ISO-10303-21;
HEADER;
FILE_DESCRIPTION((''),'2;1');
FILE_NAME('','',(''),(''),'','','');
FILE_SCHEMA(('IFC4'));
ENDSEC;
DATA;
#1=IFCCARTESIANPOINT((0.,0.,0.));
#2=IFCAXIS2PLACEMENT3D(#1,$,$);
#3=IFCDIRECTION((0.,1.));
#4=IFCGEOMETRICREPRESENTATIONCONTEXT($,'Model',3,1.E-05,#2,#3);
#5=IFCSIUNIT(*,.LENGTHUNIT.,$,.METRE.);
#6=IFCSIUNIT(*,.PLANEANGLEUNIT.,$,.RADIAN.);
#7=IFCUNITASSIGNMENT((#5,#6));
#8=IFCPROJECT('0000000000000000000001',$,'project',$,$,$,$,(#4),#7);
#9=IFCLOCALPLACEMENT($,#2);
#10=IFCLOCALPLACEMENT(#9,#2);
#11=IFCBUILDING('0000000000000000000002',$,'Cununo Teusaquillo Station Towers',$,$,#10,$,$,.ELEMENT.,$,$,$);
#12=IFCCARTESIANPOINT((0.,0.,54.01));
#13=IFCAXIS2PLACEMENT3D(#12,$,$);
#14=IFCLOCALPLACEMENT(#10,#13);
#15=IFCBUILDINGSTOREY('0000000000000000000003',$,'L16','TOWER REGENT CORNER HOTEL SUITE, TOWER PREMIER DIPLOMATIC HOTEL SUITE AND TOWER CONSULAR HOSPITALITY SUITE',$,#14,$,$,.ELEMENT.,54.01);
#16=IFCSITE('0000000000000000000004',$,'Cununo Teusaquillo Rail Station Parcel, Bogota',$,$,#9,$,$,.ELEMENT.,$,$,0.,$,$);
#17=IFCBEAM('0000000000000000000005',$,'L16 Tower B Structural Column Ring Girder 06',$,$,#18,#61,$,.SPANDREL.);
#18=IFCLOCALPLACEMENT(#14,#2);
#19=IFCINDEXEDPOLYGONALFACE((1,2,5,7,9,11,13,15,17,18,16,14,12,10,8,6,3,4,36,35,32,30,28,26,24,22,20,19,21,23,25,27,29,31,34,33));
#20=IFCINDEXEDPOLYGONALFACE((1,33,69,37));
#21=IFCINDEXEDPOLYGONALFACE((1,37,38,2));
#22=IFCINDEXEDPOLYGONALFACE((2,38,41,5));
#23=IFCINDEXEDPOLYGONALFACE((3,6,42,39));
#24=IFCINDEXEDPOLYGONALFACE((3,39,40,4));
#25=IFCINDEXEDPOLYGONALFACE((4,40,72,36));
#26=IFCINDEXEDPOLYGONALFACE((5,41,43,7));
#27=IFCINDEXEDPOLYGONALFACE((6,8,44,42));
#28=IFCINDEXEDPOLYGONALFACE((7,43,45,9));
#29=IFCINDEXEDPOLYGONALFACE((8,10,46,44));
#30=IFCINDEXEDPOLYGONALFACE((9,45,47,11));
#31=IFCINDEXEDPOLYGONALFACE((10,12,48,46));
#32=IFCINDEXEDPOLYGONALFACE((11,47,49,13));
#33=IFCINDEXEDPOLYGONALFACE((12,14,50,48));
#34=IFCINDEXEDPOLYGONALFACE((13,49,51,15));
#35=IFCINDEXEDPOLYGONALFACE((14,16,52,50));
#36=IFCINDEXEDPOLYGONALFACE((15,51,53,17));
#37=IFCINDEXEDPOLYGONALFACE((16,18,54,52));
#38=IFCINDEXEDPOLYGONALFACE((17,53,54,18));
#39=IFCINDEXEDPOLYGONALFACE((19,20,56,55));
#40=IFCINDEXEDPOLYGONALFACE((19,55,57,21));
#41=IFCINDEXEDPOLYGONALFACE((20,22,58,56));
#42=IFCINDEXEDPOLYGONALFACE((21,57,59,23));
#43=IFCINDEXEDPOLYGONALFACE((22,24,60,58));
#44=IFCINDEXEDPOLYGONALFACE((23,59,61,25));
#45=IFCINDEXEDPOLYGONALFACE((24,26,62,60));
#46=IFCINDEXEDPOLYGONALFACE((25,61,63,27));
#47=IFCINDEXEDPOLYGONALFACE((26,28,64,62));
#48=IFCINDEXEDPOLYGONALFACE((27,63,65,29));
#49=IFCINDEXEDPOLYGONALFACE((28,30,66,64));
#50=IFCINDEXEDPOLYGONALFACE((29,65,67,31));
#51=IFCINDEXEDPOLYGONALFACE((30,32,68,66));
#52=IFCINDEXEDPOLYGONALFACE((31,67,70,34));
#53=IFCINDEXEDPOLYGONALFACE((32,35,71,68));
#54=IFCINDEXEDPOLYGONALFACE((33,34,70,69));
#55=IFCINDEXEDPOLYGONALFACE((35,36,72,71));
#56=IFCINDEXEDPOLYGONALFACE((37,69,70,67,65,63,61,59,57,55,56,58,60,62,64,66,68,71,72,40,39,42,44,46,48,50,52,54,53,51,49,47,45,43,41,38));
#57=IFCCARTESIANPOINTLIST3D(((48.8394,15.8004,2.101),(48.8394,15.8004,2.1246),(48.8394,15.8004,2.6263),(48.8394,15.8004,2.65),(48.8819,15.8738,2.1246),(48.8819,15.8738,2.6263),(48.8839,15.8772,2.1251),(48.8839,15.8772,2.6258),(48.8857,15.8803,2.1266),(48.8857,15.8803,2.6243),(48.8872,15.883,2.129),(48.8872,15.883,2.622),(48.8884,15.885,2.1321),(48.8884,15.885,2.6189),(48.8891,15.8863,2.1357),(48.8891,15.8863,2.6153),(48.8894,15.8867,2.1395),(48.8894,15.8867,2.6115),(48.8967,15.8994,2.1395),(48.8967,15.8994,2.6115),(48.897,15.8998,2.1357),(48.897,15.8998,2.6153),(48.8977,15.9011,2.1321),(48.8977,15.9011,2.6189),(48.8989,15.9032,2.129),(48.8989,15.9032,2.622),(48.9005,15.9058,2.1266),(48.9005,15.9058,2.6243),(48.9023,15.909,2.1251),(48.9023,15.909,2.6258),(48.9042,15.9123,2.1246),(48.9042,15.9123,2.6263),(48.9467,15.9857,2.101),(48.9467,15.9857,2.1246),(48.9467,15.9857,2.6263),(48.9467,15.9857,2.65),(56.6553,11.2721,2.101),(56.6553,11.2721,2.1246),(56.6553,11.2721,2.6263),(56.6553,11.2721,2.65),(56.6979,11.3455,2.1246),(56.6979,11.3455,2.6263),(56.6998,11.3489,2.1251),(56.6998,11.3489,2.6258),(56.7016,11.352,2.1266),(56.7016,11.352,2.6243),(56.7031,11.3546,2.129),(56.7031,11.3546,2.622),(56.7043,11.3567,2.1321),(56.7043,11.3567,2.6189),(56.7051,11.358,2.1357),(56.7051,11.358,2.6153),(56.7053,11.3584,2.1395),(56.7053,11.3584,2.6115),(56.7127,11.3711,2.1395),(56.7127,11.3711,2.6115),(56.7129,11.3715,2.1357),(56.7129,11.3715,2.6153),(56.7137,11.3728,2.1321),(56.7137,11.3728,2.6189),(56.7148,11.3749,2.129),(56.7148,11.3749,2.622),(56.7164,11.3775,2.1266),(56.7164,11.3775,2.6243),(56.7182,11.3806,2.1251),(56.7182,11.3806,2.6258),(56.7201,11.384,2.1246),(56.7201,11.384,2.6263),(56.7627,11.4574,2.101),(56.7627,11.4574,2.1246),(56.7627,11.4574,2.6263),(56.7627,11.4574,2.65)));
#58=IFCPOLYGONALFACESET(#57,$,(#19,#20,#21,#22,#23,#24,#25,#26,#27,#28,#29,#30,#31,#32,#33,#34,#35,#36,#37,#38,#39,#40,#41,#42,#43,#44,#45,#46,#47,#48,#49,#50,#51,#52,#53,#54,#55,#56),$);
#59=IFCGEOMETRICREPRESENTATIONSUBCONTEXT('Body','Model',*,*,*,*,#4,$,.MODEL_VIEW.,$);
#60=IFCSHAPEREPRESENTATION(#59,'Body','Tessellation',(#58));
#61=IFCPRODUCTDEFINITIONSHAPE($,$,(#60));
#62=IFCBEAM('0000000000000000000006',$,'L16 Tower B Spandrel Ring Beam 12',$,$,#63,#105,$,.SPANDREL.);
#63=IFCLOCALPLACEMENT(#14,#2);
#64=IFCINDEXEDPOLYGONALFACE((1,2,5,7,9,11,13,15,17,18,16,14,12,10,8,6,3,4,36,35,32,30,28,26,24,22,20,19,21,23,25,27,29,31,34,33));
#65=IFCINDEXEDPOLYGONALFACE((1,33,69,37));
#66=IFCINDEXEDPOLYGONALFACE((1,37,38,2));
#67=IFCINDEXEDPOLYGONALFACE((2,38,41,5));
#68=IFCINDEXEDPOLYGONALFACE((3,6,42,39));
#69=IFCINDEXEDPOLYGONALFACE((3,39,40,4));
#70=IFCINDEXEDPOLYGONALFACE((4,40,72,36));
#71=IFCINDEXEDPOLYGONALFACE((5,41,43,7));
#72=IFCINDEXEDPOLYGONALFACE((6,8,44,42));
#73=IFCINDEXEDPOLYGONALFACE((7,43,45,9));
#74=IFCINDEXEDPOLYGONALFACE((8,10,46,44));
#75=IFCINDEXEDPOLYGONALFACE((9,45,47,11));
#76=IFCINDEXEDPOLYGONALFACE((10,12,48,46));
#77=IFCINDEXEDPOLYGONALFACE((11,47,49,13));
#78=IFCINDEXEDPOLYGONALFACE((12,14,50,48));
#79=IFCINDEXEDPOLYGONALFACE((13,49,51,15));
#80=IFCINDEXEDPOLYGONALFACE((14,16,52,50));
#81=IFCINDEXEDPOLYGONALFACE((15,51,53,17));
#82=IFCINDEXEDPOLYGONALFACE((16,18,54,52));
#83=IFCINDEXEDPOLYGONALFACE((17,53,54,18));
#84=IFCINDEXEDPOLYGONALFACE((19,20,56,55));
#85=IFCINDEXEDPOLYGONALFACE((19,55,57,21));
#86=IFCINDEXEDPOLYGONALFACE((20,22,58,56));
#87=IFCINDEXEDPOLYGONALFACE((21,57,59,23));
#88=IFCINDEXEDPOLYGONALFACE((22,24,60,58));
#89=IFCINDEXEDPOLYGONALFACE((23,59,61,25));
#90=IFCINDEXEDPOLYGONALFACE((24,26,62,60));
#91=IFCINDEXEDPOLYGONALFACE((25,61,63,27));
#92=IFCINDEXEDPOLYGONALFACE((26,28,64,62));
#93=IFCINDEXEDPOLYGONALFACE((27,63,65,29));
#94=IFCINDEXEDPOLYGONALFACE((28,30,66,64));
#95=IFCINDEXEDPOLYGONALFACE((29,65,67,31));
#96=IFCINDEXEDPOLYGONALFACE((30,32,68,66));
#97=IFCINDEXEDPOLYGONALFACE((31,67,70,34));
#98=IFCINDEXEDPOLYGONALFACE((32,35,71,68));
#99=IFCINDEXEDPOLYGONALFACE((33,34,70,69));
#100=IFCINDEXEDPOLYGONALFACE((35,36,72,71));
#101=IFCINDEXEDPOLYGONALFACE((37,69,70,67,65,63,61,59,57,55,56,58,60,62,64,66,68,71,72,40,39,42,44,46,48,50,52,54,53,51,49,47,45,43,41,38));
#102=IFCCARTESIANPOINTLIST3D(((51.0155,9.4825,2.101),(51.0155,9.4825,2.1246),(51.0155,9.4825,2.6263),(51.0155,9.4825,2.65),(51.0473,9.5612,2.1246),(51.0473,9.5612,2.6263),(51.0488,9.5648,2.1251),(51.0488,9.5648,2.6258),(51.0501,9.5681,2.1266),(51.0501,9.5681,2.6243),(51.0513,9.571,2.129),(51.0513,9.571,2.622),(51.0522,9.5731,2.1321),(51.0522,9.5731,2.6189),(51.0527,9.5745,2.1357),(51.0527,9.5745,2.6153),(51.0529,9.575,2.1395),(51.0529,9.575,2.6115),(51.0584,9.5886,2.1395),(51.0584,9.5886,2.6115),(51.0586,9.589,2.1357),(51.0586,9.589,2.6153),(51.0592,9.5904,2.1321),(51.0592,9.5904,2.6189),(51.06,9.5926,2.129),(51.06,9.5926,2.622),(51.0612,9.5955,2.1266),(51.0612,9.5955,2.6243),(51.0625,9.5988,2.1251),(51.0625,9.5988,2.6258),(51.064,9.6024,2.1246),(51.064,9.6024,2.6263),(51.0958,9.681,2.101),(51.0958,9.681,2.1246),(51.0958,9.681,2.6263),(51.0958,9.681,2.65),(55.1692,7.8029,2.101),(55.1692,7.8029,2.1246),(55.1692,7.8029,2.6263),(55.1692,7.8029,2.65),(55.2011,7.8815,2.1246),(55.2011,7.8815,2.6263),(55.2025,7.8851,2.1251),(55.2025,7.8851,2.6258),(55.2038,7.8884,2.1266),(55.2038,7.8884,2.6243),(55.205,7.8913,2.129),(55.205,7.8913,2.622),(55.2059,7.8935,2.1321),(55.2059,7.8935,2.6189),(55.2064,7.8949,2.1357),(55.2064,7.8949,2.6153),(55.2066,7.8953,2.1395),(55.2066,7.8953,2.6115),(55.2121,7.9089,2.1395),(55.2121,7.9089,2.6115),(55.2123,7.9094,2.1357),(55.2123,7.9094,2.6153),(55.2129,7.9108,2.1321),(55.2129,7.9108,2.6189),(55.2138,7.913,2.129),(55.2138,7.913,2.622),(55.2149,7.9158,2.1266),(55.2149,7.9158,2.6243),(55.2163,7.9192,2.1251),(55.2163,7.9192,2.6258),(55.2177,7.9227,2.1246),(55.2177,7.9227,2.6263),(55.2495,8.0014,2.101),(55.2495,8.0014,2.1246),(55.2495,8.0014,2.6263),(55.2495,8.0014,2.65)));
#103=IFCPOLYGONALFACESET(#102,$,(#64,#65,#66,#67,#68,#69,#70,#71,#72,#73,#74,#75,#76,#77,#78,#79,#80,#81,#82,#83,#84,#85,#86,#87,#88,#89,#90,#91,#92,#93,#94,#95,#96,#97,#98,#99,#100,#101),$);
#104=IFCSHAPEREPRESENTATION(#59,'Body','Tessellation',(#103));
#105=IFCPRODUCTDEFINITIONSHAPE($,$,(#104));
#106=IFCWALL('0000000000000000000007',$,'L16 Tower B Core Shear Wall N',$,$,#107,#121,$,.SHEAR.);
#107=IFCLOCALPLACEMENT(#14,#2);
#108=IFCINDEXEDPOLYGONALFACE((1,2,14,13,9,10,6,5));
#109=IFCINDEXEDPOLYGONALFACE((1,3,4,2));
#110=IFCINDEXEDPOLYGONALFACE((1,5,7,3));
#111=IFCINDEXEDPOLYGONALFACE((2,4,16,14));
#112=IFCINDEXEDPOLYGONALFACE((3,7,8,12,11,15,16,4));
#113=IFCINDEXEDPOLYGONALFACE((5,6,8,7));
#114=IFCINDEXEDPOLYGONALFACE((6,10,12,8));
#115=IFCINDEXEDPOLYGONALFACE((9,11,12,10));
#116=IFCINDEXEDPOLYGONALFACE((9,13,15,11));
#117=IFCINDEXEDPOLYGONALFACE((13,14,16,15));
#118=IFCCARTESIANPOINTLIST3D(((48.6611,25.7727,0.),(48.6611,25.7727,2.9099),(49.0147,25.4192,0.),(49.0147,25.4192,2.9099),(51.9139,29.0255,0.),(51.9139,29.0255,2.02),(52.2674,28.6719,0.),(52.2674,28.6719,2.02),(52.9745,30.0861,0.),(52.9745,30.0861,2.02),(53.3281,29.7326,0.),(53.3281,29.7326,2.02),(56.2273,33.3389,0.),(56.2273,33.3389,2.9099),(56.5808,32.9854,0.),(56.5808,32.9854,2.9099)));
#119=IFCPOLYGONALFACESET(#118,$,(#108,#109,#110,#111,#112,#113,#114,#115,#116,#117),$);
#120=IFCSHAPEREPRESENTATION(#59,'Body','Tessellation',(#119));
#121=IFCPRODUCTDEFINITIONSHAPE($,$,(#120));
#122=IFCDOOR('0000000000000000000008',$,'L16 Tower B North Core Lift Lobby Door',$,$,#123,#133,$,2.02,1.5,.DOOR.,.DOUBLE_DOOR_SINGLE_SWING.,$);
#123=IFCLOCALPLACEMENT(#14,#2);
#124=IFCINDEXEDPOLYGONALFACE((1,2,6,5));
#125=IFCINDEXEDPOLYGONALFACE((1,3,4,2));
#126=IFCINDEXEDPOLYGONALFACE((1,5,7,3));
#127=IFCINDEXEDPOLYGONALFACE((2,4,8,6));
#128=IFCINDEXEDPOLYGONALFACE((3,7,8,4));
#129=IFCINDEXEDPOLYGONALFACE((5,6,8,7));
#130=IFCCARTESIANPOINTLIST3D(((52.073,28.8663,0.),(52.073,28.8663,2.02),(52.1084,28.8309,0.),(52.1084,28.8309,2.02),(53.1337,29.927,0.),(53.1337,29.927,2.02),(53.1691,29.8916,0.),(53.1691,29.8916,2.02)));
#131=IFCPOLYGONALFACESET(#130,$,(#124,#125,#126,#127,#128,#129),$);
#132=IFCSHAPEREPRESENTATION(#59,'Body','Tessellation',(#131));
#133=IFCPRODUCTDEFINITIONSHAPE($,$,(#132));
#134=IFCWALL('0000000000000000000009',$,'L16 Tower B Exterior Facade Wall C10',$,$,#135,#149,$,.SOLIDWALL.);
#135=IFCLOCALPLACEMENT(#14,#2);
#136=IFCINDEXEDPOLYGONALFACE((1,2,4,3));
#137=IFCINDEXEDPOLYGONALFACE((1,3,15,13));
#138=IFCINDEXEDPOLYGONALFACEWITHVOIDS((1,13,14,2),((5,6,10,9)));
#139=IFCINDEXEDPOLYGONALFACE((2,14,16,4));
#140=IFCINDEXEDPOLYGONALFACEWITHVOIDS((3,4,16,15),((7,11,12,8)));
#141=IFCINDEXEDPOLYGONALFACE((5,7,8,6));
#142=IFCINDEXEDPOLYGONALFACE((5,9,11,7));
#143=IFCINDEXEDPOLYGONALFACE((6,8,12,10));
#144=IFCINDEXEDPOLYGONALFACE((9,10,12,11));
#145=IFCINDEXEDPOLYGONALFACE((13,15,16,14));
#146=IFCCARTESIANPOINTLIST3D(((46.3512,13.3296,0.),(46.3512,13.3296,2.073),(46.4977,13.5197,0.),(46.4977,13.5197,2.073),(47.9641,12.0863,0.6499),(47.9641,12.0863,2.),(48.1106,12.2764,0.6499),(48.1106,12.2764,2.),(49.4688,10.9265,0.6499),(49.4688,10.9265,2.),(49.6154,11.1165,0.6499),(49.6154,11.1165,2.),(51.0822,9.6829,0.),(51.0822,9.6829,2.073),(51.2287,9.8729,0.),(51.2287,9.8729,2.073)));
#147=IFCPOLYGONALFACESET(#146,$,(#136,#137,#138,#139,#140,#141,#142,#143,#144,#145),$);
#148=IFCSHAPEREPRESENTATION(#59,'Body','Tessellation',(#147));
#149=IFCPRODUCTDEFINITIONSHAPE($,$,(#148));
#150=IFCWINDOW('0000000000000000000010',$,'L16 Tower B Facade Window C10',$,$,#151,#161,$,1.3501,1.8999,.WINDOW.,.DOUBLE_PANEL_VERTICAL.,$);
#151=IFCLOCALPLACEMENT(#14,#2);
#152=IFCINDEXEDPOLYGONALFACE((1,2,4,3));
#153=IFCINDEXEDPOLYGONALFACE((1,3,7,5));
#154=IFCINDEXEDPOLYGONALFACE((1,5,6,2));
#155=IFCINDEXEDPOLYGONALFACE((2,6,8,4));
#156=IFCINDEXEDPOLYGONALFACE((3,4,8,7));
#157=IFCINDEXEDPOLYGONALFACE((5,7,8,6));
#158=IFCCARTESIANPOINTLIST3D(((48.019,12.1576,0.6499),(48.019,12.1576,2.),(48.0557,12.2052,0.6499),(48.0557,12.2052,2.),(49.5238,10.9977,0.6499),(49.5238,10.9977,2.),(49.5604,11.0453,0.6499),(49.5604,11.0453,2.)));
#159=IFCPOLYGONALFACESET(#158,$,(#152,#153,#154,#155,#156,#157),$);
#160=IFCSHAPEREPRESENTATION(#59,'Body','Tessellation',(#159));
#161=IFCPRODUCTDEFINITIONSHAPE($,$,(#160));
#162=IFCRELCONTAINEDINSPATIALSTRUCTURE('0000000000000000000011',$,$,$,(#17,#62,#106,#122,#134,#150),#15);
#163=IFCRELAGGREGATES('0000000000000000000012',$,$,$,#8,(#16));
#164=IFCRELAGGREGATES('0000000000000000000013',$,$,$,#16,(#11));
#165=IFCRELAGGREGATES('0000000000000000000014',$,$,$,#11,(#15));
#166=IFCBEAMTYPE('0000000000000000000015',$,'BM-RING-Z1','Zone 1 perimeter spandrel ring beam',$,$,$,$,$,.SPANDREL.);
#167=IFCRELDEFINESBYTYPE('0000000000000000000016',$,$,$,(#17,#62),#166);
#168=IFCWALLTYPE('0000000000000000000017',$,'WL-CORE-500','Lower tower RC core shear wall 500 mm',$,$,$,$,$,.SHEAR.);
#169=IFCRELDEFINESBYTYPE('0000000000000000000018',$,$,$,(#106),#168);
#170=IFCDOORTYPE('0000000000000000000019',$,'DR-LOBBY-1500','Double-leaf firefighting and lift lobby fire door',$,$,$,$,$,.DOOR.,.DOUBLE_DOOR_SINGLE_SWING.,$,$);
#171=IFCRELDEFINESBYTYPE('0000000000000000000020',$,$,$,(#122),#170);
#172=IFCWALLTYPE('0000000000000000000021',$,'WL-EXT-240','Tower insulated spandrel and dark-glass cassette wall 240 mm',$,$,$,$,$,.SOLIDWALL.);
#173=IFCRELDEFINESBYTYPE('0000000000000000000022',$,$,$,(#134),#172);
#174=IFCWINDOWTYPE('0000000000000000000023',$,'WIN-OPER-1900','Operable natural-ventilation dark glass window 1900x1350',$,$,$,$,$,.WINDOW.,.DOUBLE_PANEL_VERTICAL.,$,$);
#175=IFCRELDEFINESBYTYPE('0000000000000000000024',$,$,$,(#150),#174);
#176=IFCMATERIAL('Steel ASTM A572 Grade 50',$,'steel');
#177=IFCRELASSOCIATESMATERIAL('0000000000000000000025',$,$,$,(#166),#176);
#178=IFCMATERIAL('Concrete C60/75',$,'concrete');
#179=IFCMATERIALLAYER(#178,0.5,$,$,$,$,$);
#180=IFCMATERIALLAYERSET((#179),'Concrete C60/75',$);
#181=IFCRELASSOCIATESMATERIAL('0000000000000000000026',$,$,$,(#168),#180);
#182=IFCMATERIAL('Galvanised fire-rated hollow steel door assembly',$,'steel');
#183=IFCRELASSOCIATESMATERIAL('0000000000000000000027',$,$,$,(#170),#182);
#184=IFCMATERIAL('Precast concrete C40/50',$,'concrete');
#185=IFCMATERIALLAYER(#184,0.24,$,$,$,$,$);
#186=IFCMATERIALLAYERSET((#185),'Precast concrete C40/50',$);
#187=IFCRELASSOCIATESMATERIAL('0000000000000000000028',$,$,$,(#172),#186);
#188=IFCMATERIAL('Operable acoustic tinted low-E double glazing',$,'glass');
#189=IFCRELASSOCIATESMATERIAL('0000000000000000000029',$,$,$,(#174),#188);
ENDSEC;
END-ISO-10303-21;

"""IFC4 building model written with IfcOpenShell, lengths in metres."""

from ifc_helpers import new_model, si_unit, direction, frame, frame_2d, origin, origin_2d, place, context, subcontext, project, spatial, rectangle, i_section, extrude, source, transform, mapped, material, layer, layer_set, material_profile, profile_set, type_object, element, fill, save


model = new_model("IFC4")

# Units and contexts
model_context = context("Model", 3, precision=1e-05, world=origin(), true_north=direction((0.0, 1.0)))
body_context = subcontext(model_context, "Body", "Model", "MODEL_VIEW")
ifc_project = project(units=[si_unit("LENGTHUNIT", "METRE"), si_unit("PLANEANGLEUNIT", "RADIAN")], contexts=[model_context])

# Site, building, storey
site_placement = place(None, origin())
site = spatial("IfcSite", under=ifc_project, at=site_placement, Name="Cununo Teusaquillo Rail Station Parcel, Bogota", CompositionType="ELEMENT", RefElevation=0.0)
building_placement = place(site_placement, origin())
building = spatial("IfcBuilding", under=site, at=building_placement, Name="Cununo Teusaquillo Station Towers", CompositionType="ELEMENT")
storey_placement = place(building_placement, frame((0.0, 0.0, 54.01)))
storey = spatial("IfcBuildingStorey", under=building, at=storey_placement, Name="L16", Description="TOWER REGENT CORNER HOTEL SUITE, TOWER PREMIER DIPLOMATIC HOTEL SUITE AND TOWER CONSULAR HOSPITALITY SUITE", CompositionType="ELEMENT", Elevation=54.01)

# Beams
ifc_material_1 = material(Name="Steel ASTM A572 Grade 50", Category="steel")
ifc_material_profile_1 = material_profile(ifc_material_1, i_section(OverallWidth=0.2141, OverallDepth=0.5491, WebThickness=0.0146, FlangeThickness=0.0237, FilletRadius=0.0149, at=origin_2d()), Name="W21X93")
ifc_profile_set_1 = profile_set([ifc_material_profile_1], Name="Steel ASTM A572 Grade 50")
beam_type_1 = type_object("IfcBeamType", Name="BM-RING-Z1", Description="Zone 1 perimeter spandrel ring beam", PredefinedType="SPANDREL", material=ifc_profile_set_1)
beam_1_placement = place(storey_placement, frame((48.8931, 15.8931, 2.3755), z_axis=(0.865267, -0.501311, 0.0), x_axis=(0.501311, 0.865267, 0.0)))
element("IfcBeam", 1, at=beam_1_placement, inside=storey, type_object=beam_type_1, Name="L16 Tower B Structural Column Ring Girder 06", PredefinedType="SPANDREL", context=body_context, shape_type="SweptSolid", body=[
    extrude(i_section(OverallWidth=0.2141, OverallDepth=0.5491, WebThickness=0.0146, FlangeThickness=0.0237, FilletRadius=0.0149, at=origin_2d()), origin(), (0.0, 0.0, 1.0), 9.033),
])
beam_2_placement = place(storey_placement, frame((51.0557, 9.5818, 2.3755), z_axis=(0.927072, -0.374883, 0.0), x_axis=(0.374883, 0.927072, 0.0)))
element("IfcBeam", 2, at=beam_2_placement, inside=storey, type_object=beam_type_1, Name="L16 Tower B Spandrel Ring Beam 12", PredefinedType="SPANDREL", context=body_context, shape_type="SweptSolid", body=[
    extrude(i_section(OverallWidth=0.2141, OverallDepth=0.5491, WebThickness=0.0146, FlangeThickness=0.0237, FilletRadius=0.0149, at=origin_2d()), origin(), (0.0, 0.0, 1.0), 4.4805),
])

# Wall, opening, door
ifc_material_2 = material(Name="Concrete C60/75", Category="concrete")
ifc_layer_1 = layer(ifc_material_2, 0.5)
ifc_layer_set_1 = layer_set([ifc_layer_1], Name="Concrete C60/75")
wall_type_1 = type_object("IfcWallType", Name="WL-CORE-500", Description="Lower tower RC core shear wall 500 mm", PredefinedType="SHEAR", material=ifc_layer_set_1)
wall_1_placement = place(storey_placement, frame((48.8379, 25.5959, 0.0), z_axis=(0.0, 0.0, 1.0), x_axis=(0.707107, 0.707107, 0.0)))
wall_1 = element("IfcWall", 3, at=wall_1_placement, inside=storey, type_object=wall_type_1, Name="L16 Tower B Core Shear Wall N", PredefinedType="SHEAR", context=body_context, shape_type="SweptSolid", body=[
    extrude(rectangle(XDim=10.7002, YDim=0.5, at=frame_2d((5.3501, 0.0))), origin(), (0.0, 0.0, 1.0), 2.9099),
])
shared_shape_1 = source(origin(), body_context, "Body", "SweptSolid", [
    extrude(rectangle(XDim=1.5, YDim=2.02, at=frame_2d((0.75, 1.01))), frame((0.0, 0.26, 0.0), z_axis=(0.0, -1.0, 0.0), x_axis=(1.0, 0.0, 0.0)), (0.0, 0.0, 1.0), 0.52),
])
opening_1_placement = place(wall_1_placement, frame((4.6001, 0.0, 0.0)))
opening_1 = element("IfcOpeningElement", 4, at=opening_1_placement, cuts=wall_1, PredefinedType="OPENING", context=body_context, shape_type="MappedRepresentation", body=[
    mapped(shared_shape_1, transform((0.0, 0.0, 0.0), x_axis=(1.0, 0.0, 0.0), y_axis=(0.0, 1.0, 0.0), z_axis=(0.0, 0.0, 1.0), scale=1.0)),
])
ifc_material_3 = material(Name="Galvanised fire-rated hollow steel door assembly", Category="steel")
door_type_1 = type_object("IfcDoorType", Name="DR-LOBBY-1500", Description="Double-leaf firefighting and lift lobby fire door", OperationType="DOUBLE_DOOR_SINGLE_SWING", PredefinedType="DOOR", material=ifc_material_3)
shared_shape_2 = source(origin(), body_context, "Body", "SweptSolid", [
    extrude(rectangle(XDim=1.5, YDim=2.02, at=frame_2d((0.75, 1.01))), frame((0.0, 0.0249, 0.0), z_axis=(0.0, -1.0, 0.0), x_axis=(1.0, 0.0, 0.0)), (0.0, 0.0, 1.0), 0.05),
])
door_1_placement = place(opening_1_placement, origin())
door_1 = element("IfcDoor", 5, at=door_1_placement, inside=storey, type_object=door_type_1, Name="L16 Tower B North Core Lift Lobby Door", OperationType="DOUBLE_DOOR_SINGLE_SWING", OverallHeight=2.02, OverallWidth=1.5, PredefinedType="DOOR", context=body_context, shape_type="MappedRepresentation", body=[
    mapped(shared_shape_2, transform((0.0, 0.0, 0.0), x_axis=(1.0, 0.0, 0.0), y_axis=(0.0, 1.0, 0.0), z_axis=(0.0, 0.0, 1.0), scale=1.0)),
])
fill(opening_1, door_1)

# Wall, opening, window
ifc_material_4 = material(Name="Precast concrete C40/50", Category="concrete")
ifc_layer_2 = layer(ifc_material_4, 0.24)
ifc_layer_set_2 = layer_set([ifc_layer_2], Name="Precast concrete C40/50")
wall_type_2 = type_object("IfcWallType", Name="WL-EXT-240", Description="Tower insulated spandrel and dark-glass cassette wall 240 mm", PredefinedType="SOLIDWALL", material=ifc_layer_set_2)
wall_2_placement = place(storey_placement, frame((51.1555, 9.7778, 0.0), z_axis=(0.0, 0.0, 1.0), x_axis=(-0.792014, 0.610503, 0.0)))
wall_2 = element("IfcWall", 6, at=wall_2_placement, inside=storey, type_object=wall_type_2, Name="L16 Tower B Exterior Facade Wall C10", PredefinedType="SOLIDWALL", context=body_context, shape_type="SweptSolid", body=[
    extrude(rectangle(XDim=5.9734, YDim=0.24, at=frame_2d((2.9868, 0.0))), origin(), (0.0, 0.0, 1.0), 2.073),
])
shared_shape_3 = source(origin(), body_context, "Body", "SweptSolid", [
    extrude(rectangle(XDim=1.8999, YDim=1.3501, at=frame_2d((0.95, 0.675))), frame((0.0, 0.1299, 0.0), z_axis=(0.0, -1.0, 0.0), x_axis=(1.0, 0.0, 0.0)), (0.0, 0.0, 1.0), 0.26),
])
opening_2_placement = place(wall_2_placement, frame((2.0371, 0.0, 0.6499)))
opening_2 = element("IfcOpeningElement", 7, at=opening_2_placement, cuts=wall_2, PredefinedType="OPENING", context=body_context, shape_type="MappedRepresentation", body=[
    mapped(shared_shape_3, transform((0.0, 0.0, 0.0), x_axis=(1.0, 0.0, 0.0), y_axis=(0.0, 1.0, 0.0), z_axis=(0.0, 0.0, 1.0), scale=1.0)),
])
ifc_material_5 = material(Name="Operable acoustic tinted low-E double glazing", Category="glass")
window_type = type_object("IfcWindowType", Name="WIN-OPER-1900", Description="Operable natural-ventilation dark glass window 1900x1350", PartitioningType="DOUBLE_PANEL_VERTICAL", PredefinedType="WINDOW", material=ifc_material_5)
shared_shape_4 = source(origin(), body_context, "Body", "SweptSolid", [
    extrude(rectangle(XDim=1.8999, YDim=1.3501, at=frame_2d((0.95, 0.675))), frame((0.0, 0.03, 0.0), z_axis=(0.0, -1.0, 0.0), x_axis=(1.0, 0.0, 0.0)), (0.0, 0.0, 1.0), 0.0601),
])
window_placement = place(opening_2_placement, origin())
window = element("IfcWindow", 8, at=window_placement, inside=storey, type_object=window_type, Name="L16 Tower B Facade Window C10", OverallHeight=1.3501, OverallWidth=1.8999, PartitioningType="DOUBLE_PANEL_VERTICAL", PredefinedType="WINDOW", context=body_context, shape_type="MappedRepresentation", body=[
    mapped(shared_shape_4, transform((0.0, 0.0, 0.0), x_axis=(1.0, 0.0, 0.0), y_axis=(0.0, 1.0, 0.0), z_axis=(0.0, 0.0, 1.0), scale=1.0)),
])
fill(opening_2, window)

save(model, "model.ifc")
